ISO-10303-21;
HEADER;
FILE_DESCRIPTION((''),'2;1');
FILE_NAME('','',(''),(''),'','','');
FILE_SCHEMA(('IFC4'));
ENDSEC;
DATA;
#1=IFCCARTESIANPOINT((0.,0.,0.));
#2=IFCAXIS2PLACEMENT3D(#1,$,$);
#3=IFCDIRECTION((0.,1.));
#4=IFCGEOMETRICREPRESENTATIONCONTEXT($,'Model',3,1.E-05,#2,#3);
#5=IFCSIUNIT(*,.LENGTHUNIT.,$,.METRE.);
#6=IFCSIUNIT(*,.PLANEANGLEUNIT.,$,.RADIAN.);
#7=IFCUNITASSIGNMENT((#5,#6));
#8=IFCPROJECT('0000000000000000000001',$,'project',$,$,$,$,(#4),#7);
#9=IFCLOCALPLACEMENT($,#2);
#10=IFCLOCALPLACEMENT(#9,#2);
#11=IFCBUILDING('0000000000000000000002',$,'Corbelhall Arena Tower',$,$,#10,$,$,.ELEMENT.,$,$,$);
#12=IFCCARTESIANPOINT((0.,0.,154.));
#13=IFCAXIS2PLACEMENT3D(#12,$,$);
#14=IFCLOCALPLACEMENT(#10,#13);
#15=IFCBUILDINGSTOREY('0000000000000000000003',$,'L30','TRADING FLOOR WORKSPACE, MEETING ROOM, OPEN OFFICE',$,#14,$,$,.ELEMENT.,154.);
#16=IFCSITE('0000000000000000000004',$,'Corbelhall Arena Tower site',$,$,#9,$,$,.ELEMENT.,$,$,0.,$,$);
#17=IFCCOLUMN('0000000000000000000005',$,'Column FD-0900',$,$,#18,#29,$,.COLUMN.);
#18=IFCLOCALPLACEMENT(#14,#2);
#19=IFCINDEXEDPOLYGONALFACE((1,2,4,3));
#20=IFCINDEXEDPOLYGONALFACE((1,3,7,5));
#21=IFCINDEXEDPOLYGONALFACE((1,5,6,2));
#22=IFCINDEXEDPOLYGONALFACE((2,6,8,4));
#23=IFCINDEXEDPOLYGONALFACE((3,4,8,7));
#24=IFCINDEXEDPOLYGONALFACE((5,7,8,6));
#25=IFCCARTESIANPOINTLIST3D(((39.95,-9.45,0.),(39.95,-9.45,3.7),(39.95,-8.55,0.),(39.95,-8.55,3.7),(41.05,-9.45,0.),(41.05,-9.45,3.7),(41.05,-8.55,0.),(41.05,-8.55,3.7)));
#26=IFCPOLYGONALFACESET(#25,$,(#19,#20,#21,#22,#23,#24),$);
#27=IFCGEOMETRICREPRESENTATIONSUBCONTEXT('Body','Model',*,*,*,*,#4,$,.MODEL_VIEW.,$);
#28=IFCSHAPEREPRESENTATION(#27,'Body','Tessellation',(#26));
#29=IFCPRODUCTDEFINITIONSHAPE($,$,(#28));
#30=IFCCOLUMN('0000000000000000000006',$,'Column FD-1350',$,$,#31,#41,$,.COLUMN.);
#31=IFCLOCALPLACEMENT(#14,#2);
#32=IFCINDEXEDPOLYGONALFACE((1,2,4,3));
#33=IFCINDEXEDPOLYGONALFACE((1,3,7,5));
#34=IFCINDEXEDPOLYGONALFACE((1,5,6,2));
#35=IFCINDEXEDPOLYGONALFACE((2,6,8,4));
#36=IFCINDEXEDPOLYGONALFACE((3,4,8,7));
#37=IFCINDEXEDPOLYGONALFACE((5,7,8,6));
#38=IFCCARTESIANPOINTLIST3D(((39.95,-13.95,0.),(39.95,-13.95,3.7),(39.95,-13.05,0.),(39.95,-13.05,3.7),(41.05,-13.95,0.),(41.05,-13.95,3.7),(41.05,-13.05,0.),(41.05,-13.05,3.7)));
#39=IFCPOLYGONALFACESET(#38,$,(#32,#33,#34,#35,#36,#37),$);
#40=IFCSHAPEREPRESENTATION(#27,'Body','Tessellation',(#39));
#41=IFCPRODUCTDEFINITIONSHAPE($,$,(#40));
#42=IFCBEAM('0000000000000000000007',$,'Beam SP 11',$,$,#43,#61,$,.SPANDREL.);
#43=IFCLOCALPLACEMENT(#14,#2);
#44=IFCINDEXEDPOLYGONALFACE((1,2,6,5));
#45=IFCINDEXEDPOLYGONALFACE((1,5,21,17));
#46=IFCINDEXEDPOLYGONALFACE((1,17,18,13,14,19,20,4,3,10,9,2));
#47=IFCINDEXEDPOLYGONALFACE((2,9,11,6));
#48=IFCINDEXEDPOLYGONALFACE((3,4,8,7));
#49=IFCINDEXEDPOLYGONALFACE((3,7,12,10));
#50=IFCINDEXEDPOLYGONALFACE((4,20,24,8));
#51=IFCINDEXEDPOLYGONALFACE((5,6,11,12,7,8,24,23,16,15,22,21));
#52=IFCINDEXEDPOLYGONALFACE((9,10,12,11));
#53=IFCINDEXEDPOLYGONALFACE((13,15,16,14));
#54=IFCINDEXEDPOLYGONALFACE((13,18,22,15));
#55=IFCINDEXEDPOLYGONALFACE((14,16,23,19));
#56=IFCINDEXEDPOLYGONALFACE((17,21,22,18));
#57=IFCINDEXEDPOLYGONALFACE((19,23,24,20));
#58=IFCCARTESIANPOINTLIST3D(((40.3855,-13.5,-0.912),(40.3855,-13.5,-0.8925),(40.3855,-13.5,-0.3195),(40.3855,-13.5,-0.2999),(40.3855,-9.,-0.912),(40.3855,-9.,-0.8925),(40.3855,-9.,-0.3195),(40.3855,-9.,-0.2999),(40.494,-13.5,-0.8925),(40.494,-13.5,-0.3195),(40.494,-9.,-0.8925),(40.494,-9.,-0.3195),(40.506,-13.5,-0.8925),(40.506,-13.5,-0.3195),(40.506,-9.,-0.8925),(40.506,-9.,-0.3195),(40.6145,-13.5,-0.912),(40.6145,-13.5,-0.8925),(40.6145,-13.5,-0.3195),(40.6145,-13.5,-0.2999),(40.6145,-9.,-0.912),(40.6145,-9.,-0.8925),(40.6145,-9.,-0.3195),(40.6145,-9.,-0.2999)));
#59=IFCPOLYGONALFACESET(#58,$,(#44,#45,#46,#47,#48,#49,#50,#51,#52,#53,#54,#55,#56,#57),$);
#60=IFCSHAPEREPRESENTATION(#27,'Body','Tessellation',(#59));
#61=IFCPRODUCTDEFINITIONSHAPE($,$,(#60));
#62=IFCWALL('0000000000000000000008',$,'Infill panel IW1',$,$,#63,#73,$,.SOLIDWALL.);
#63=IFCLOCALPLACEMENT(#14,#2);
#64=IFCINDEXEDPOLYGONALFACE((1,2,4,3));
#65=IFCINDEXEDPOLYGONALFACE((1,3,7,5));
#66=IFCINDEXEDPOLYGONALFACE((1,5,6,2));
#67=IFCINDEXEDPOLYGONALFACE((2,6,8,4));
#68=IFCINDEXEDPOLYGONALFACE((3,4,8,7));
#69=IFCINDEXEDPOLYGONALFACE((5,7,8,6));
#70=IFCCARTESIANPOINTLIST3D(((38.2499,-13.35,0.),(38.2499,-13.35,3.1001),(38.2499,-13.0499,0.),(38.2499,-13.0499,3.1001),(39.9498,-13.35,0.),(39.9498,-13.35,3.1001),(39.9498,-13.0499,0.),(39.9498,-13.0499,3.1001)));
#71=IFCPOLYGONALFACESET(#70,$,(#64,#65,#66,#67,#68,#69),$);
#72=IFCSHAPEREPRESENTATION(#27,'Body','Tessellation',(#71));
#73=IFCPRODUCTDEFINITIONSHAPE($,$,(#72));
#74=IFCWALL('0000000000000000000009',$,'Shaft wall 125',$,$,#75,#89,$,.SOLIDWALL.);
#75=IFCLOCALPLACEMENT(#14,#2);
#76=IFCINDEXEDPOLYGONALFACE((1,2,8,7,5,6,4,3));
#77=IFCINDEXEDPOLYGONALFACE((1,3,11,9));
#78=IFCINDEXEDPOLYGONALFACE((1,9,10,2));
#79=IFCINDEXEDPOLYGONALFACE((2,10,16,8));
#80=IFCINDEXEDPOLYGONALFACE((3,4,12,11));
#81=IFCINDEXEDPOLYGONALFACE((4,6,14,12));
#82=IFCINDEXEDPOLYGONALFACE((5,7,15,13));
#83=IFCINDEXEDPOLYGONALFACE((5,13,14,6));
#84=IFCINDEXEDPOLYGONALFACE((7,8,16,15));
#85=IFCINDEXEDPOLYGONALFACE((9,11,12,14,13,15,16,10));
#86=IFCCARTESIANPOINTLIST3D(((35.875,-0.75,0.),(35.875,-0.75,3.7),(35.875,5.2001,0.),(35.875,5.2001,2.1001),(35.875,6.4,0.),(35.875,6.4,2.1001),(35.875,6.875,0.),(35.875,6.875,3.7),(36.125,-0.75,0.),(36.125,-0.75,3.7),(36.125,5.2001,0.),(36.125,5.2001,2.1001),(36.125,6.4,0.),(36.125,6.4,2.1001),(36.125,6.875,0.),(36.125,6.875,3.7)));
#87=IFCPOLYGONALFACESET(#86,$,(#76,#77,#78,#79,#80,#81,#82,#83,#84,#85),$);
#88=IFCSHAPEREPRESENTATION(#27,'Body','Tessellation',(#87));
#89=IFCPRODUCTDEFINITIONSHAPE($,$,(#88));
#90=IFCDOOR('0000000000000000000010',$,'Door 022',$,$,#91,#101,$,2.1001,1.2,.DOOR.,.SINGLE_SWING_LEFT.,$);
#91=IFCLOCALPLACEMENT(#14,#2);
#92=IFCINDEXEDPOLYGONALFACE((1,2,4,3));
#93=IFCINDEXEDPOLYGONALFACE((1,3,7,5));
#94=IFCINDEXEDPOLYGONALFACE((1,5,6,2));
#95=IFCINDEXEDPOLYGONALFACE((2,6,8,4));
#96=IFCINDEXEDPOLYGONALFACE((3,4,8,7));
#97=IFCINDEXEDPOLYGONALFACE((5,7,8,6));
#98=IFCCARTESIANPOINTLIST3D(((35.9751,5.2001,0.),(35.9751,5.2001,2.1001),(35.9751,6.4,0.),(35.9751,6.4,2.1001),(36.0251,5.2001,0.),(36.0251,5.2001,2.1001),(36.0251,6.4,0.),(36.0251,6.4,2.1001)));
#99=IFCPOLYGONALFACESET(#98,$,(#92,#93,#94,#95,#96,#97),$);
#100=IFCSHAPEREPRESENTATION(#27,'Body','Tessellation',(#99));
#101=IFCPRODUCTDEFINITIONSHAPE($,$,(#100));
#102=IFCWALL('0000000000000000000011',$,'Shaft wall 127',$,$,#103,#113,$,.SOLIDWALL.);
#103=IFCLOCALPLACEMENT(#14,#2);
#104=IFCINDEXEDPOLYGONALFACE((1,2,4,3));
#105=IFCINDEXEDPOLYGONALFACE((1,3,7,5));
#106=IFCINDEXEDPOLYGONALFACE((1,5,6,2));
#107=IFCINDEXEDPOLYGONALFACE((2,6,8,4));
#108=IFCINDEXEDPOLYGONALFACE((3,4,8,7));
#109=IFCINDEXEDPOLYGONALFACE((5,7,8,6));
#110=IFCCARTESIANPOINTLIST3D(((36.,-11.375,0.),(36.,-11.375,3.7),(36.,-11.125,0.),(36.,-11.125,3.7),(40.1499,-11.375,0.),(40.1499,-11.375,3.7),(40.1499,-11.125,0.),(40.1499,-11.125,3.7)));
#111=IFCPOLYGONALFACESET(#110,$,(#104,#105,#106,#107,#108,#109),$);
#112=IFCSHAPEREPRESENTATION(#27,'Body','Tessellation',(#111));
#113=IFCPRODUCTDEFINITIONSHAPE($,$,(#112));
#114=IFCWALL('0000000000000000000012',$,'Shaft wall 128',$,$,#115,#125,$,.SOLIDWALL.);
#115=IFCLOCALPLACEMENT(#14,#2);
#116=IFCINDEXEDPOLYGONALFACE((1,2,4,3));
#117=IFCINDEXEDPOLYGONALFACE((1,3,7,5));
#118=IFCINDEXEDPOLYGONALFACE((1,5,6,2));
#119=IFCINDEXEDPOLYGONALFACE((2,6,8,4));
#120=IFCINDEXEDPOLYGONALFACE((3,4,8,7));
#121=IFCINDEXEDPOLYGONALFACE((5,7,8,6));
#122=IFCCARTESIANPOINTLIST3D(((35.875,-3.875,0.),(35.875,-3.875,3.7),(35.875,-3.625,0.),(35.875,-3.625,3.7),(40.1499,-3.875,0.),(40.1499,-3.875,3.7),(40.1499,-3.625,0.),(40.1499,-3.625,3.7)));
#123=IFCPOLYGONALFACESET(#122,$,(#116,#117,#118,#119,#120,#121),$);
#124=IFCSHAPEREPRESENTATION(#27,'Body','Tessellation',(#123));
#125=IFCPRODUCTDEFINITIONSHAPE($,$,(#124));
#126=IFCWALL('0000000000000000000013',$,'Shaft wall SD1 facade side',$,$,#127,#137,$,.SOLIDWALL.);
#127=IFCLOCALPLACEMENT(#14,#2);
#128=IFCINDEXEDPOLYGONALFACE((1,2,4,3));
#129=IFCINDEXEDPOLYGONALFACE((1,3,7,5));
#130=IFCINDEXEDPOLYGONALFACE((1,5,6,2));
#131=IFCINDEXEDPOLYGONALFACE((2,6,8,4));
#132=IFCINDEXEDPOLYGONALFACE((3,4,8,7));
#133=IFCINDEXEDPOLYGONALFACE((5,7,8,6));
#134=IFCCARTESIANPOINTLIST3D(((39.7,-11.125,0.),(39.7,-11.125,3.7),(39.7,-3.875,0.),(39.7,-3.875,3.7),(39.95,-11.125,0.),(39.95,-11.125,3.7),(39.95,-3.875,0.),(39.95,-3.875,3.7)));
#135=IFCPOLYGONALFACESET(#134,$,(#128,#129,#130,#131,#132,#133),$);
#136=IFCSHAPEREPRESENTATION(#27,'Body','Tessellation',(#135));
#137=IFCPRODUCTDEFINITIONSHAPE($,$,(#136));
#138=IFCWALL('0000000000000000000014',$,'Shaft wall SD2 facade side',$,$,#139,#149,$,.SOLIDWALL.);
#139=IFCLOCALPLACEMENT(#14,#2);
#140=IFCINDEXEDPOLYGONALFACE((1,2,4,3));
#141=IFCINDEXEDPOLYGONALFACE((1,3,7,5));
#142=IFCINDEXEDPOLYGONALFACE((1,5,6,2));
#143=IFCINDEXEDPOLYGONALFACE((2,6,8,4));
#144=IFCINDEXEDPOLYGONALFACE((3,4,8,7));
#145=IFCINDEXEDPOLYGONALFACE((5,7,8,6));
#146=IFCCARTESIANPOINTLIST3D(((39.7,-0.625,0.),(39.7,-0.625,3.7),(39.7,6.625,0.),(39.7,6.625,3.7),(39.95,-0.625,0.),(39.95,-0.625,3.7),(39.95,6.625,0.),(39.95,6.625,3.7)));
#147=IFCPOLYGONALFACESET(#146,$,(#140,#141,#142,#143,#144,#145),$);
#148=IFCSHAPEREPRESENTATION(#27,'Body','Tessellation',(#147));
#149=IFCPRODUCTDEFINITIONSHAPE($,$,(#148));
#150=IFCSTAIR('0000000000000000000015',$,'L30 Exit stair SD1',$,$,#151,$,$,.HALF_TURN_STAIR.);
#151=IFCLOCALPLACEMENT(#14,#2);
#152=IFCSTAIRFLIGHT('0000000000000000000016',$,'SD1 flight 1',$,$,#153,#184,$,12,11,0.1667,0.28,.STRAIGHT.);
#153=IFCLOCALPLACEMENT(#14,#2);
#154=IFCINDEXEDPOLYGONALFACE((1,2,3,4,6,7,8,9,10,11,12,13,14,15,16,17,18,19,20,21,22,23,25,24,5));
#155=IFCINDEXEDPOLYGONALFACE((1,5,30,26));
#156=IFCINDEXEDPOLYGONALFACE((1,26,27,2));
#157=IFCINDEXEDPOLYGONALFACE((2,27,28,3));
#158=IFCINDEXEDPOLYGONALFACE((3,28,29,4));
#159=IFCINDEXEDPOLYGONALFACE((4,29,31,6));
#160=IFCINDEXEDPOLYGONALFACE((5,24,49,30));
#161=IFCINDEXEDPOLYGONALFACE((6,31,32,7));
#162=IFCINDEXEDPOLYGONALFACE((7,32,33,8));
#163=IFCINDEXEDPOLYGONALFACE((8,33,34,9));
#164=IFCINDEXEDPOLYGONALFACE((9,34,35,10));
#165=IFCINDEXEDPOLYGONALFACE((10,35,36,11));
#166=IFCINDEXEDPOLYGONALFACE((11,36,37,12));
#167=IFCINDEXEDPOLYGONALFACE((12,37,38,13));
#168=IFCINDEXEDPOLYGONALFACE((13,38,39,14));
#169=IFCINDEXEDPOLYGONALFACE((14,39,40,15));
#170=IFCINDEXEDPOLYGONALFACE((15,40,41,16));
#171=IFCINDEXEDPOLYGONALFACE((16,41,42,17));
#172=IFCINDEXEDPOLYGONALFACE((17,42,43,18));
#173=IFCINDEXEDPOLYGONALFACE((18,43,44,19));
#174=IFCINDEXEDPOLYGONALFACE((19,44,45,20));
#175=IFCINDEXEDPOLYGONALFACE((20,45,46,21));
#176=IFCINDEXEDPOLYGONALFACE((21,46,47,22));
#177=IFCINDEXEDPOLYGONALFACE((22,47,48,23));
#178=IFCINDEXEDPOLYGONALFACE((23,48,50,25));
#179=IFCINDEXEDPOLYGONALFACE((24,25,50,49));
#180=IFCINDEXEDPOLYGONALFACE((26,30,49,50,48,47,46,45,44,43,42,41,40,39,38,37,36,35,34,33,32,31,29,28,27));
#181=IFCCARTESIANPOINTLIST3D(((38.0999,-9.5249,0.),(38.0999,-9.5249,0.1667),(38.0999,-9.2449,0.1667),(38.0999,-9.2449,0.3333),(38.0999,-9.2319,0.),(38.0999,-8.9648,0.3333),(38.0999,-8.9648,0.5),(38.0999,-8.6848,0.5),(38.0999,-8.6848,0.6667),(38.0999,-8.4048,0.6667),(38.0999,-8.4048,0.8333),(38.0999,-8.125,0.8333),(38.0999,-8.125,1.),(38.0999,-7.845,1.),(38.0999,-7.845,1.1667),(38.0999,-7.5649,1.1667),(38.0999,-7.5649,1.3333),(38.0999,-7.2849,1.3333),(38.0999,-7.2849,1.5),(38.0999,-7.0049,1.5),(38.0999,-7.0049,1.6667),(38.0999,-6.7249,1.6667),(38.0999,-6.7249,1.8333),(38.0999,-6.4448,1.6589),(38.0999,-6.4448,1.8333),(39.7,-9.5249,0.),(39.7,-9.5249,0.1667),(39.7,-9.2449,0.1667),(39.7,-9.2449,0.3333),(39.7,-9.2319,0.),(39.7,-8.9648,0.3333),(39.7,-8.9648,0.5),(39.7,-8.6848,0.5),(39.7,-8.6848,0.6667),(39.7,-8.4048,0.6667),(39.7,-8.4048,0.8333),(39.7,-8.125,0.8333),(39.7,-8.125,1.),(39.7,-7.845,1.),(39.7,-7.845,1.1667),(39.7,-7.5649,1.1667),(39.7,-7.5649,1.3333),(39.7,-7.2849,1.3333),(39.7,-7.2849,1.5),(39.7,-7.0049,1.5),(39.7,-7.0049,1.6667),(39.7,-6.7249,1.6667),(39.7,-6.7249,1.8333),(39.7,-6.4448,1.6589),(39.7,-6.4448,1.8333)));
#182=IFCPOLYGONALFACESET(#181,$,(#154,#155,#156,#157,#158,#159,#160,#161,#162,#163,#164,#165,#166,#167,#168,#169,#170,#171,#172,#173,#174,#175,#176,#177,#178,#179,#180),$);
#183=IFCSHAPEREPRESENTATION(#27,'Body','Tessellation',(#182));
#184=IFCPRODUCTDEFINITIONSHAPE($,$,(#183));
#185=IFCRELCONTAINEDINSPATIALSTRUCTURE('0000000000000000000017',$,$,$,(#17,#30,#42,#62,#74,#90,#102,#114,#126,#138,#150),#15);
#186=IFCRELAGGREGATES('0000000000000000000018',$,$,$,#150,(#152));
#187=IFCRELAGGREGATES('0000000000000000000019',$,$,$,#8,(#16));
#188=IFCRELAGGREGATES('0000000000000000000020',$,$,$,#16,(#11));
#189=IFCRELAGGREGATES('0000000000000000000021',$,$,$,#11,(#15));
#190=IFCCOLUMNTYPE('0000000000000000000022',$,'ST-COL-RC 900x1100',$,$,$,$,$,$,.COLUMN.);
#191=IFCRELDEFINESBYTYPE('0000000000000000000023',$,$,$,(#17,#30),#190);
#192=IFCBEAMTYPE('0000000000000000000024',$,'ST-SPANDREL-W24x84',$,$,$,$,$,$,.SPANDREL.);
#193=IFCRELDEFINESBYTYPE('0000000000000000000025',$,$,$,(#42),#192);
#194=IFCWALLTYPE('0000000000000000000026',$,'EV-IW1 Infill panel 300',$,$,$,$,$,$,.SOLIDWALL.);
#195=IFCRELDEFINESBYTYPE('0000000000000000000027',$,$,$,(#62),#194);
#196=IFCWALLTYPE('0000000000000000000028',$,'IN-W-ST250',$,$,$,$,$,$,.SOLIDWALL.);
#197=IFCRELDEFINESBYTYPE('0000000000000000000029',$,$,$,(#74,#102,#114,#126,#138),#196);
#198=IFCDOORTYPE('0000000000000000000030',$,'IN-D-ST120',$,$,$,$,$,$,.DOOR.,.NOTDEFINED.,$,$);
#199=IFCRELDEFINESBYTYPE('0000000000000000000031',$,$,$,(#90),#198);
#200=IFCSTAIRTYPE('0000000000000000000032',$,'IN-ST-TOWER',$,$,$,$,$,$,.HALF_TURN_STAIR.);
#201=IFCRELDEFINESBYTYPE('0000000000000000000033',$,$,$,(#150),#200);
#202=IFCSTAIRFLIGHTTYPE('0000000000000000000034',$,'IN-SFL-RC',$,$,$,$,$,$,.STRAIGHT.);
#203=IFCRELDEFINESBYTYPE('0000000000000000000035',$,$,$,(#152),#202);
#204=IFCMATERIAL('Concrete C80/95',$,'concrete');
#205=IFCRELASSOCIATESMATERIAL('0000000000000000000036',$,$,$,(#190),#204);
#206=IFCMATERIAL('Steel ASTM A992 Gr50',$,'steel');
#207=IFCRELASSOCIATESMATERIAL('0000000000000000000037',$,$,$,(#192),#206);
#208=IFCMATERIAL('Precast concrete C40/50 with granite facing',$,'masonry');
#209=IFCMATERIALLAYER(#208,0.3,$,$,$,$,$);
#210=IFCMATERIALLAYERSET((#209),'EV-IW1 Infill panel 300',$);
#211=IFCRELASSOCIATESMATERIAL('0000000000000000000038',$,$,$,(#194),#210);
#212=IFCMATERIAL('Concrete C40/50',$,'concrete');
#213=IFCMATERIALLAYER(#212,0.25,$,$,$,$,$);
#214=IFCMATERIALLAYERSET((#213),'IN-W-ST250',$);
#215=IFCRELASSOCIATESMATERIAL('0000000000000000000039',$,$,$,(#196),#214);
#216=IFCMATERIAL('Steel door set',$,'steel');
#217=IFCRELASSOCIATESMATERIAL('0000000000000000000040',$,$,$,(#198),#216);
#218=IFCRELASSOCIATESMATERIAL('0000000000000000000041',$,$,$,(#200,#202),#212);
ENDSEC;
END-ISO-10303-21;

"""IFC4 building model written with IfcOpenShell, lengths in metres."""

from ifc_helpers import new_model, si_unit, direction, frame, frame_2d, origin, origin_2d, place, context, subcontext, project, spatial, polyline, rectangle, i_section, outline, extrude, material, layer, layer_set, material_profile, profile_set, type_object, element, fill, aggregate, save


model = new_model("IFC4")

# Units and contexts
model_context = context("Model", 3, precision=1e-05, world=origin(), true_north=direction((0.0, 1.0)))
body_context = subcontext(model_context, "Body", "Model", "MODEL_VIEW")
ifc_project = project(units=[si_unit("LENGTHUNIT", "METRE"), si_unit("PLANEANGLEUNIT", "RADIAN")], contexts=[model_context])

# Site, building, storey
site_placement = place(None, origin())
site = spatial("IfcSite", under=ifc_project, at=site_placement, Name="Corbelhall Arena Tower site", CompositionType="ELEMENT", RefElevation=0.0)
building_placement = place(site_placement, origin())
building = spatial("IfcBuilding", under=site, at=building_placement, Name="Corbelhall Arena Tower", CompositionType="ELEMENT")
storey_placement = place(building_placement, frame((0.0, 0.0, 154.0)))
storey = spatial("IfcBuildingStorey", under=building, at=storey_placement, Name="L30", Description="TRADING FLOOR WORKSPACE, MEETING ROOM, OPEN OFFICE", CompositionType="ELEMENT", Elevation=154.0)

# Columns
ifc_material_1 = material(Name="Concrete C80/95", Category="concrete")
ifc_material_profile_1 = material_profile(ifc_material_1, rectangle(XDim=0.8999, YDim=1.1001, at=origin_2d()))
ifc_profile_set_1 = profile_set([ifc_material_profile_1], Name="Concrete C80/95")
column_type = type_object("IfcColumnType", Name="ST-COL-RC 900x1100", PredefinedType="COLUMN", material=ifc_profile_set_1)
for number, where, z_axis, x_axis, name in (
    (1, (40.5, -9.0, 0.0), (0.0, 0.0, 1.0), (0.0, 1.0, 0.0), "Column FD-0900"),
    (2, (40.5, -13.5, 0.0), (0.0, 0.0, 1.0), (0.0, 1.0, 0.0), "Column FD-1350"),
):
    element("IfcColumn", number, at=place(storey_placement, frame(where, z_axis=z_axis, x_axis=x_axis)), inside=storey, type_object=column_type, Name=name, PredefinedType="COLUMN", context=body_context, shape_type="SweptSolid", body=[
        extrude(rectangle(XDim=0.8999, YDim=1.1001, at=origin_2d()), origin(), (0.0, 0.0, 1.0), 3.7),
    ])

# Beam
ifc_material_2 = material(Name="Steel ASTM A992 Gr50", Category="steel")
ifc_material_profile_2 = material_profile(ifc_material_2, i_section(OverallWidth=0.229, OverallDepth=0.6121, WebThickness=0.012, FlangeThickness=0.0195, at=origin_2d()))
ifc_profile_set_2 = profile_set([ifc_material_profile_2], Name="Steel ASTM A992 Gr50")
beam_type = type_object("IfcBeamType", Name="ST-SPANDREL-W24x84", PredefinedType="SPANDREL", material=ifc_profile_set_2)
beam_placement = place(storey_placement, frame((40.5, -9.0, -0.606), z_axis=(0.0, -1.0, 0.0), x_axis=(1.0, 0.0, 0.0)))
element("IfcBeam", 3, at=beam_placement, inside=storey, type_object=beam_type, Name="Beam SP 11", PredefinedType="SPANDREL", context=body_context, shape_type="SweptSolid", body=[
    extrude(i_section(OverallWidth=0.229, OverallDepth=0.6121, WebThickness=0.012, FlangeThickness=0.0195, at=origin_2d()), origin(), (0.0, 0.0, 1.0), 4.5),
])

# Wall
ifc_material_3 = material(Name="Precast concrete C40/50 with granite facing", Category="masonry")
ifc_layer_1 = layer(ifc_material_3, 0.3)
ifc_layer_set_1 = layer_set([ifc_layer_1], Name="EV-IW1 Infill panel 300")
wall_type_1 = type_object("IfcWallType", Name="EV-IW1 Infill panel 300", PredefinedType="SOLIDWALL", material=ifc_layer_set_1)
wall_1_placement = place(storey_placement, frame((39.95, -13.2, 0.0), z_axis=(0.0, 0.0, 1.0), x_axis=(-1.0, 0.0, 0.0)))
element("IfcWall", 4, at=wall_1_placement, inside=storey, type_object=wall_type_1, Name="Infill panel IW1", PredefinedType="SOLIDWALL", context=body_context, shape_type="SweptSolid", body=[
    extrude(rectangle(XDim=1.7, YDim=0.3, at=frame_2d((0.8501, 0.0))), origin(), (0.0, 0.0, 1.0), 3.1001),
])

# Wall, opening, door
ifc_material_4 = material(Name="Concrete C40/50", Category="concrete")
ifc_layer_2 = layer(ifc_material_4, 0.25)
ifc_layer_set_2 = layer_set([ifc_layer_2], Name="IN-W-ST250")
wall_type_2 = type_object("IfcWallType", Name="IN-W-ST250", PredefinedType="SOLIDWALL", material=ifc_layer_set_2)
wall_2_placement = place(storey_placement, frame((36.0, -0.75, 0.0), z_axis=(0.0, 0.0, 1.0), x_axis=(0.0, 1.0, 0.0)))
wall_2 = element("IfcWall", 5, at=wall_2_placement, inside=storey, type_object=wall_type_2, Name="Shaft wall 125", PredefinedType="SOLIDWALL", context=body_context, shape_type="SweptSolid", body=[
    extrude(rectangle(XDim=7.625, YDim=0.25, at=frame_2d((3.8125, 0.0))), origin(), (0.0, 0.0, 1.0), 3.7),
])
opening_1_placement = place(wall_2_placement, frame((5.95, 0.0, 0.0)))
opening_1 = element("IfcOpeningElement", 6, at=opening_1_placement, cuts=wall_2, PredefinedType="OPENING", context=body_context, shape_type="SweptSolid", body=[
    extrude(rectangle(XDim=1.2, YDim=2.1001, at=frame_2d((0.6001, 1.05))), frame((0.0, 0.125, 0.0), z_axis=(0.0, -1.0, 0.0), x_axis=(1.0, 0.0, 0.0)), (0.0, 0.0, 1.0), 0.25),
])
ifc_material_5 = material(Name="Steel door set", Category="steel")
door_type = type_object("IfcDoorType", Name="IN-D-ST120", OperationType="NOTDEFINED", PredefinedType="DOOR", material=ifc_material_5)
door_placement = place(opening_1_placement, origin())
door = element("IfcDoor", 7, at=door_placement, inside=storey, type_object=door_type, Name="Door 022", OperationType="SINGLE_SWING_LEFT", OverallHeight=2.1001, OverallWidth=1.2, PredefinedType="DOOR", context=body_context, shape_type="SweptSolid", body=[
    extrude(rectangle(XDim=1.2, YDim=2.1001, at=frame_2d((0.6001, 1.05))), frame((0.0, 0.0249, 0.0), z_axis=(0.0, -1.0, 0.0), x_axis=(1.0, 0.0, 0.0)), (0.0, 0.0, 1.0), 0.05),
])
fill(opening_1, door)

# Walls
wall_3_placement = place(storey_placement, frame((40.1499, -11.25, 0.0), z_axis=(0.0, 0.0, 1.0), x_axis=(-1.0, 0.0, 0.0)))
element("IfcWall", 8, at=wall_3_placement, inside=storey, type_object=wall_type_2, Name="Shaft wall 127", PredefinedType="SOLIDWALL", context=body_context, shape_type="SweptSolid", body=[
    extrude(rectangle(XDim=4.1499, YDim=0.25, at=frame_2d((2.075, 0.0))), origin(), (0.0, 0.0, 1.0), 3.7),
])
wall_4_placement = place(storey_placement, frame((40.1499, -3.75, 0.0), z_axis=(0.0, 0.0, 1.0), x_axis=(-1.0, 0.0, 0.0)))
element("IfcWall", 9, at=wall_4_placement, inside=storey, type_object=wall_type_2, Name="Shaft wall 128", PredefinedType="SOLIDWALL", context=body_context, shape_type="SweptSolid", body=[
    extrude(rectangle(XDim=4.2749, YDim=0.25, at=frame_2d((2.1375, 0.0))), origin(), (0.0, 0.0, 1.0), 3.7),
])
for number, where, z_axis, x_axis, name in (
    (10, (39.825, -11.125, 0.0), (0.0, 0.0, 1.0), (0.0, 1.0, 0.0), "Shaft wall SD1 facade side"),
    (11, (39.825, -0.625, 0.0), (0.0, 0.0, 1.0), (0.0, 1.0, 0.0), "Shaft wall SD2 facade side"),
):
    element("IfcWall", number, at=place(storey_placement, frame(where, z_axis=z_axis, x_axis=x_axis)), inside=storey, type_object=wall_type_2, Name=name, PredefinedType="SOLIDWALL", context=body_context, shape_type="SweptSolid", body=[
        extrude(rectangle(XDim=7.25, YDim=0.25, at=frame_2d((3.625, 0.0))), origin(), (0.0, 0.0, 1.0), 3.7),
    ])

# Stair, stair flight
stair_type = type_object("IfcStairType", Name="IN-ST-TOWER", PredefinedType="HALF_TURN_STAIR", material=ifc_material_4)
stair_placement = place(storey_placement, origin())
stair = element("IfcStair", 12, at=stair_placement, inside=storey, type_object=stair_type, Name="L30 Exit stair SD1", PredefinedType="HALF_TURN_STAIR")
stair_flight_type = type_object("IfcStairFlightType", Name="IN-SFL-RC", PredefinedType="STRAIGHT", material=ifc_material_4)
stair_flight_1_placement = place(storey_placement, frame((38.8999, -9.5249, 0.0), z_axis=(0.0, 0.0, 1.0), x_axis=(0.0, 1.0, 0.0)))
stair_flight_1 = element("IfcStairFlight", 13, at=stair_flight_1_placement, type_object=stair_flight_type, Name="SD1 flight 1", NumberOfRisers=12, NumberOfTreads=11, PredefinedType="STRAIGHT", RiserHeight=0.1667, TreadLength=0.28, context=body_context, shape_type="SweptSolid", body=[
    extrude(outline(polyline([(0.0, 0.0), (0.0, 0.1667), (0.28, 0.1667), (0.28, 0.3333), (0.5601, 0.3333), (0.5601, 0.5), (0.8401, 0.5), (0.8401, 0.6667), (1.1201, 0.6667), (1.1201, 0.8333), (1.3999, 0.8333), (1.3999, 1.0), (1.6799, 1.0), (1.6799, 1.1667), (1.96, 1.1667), (1.96, 1.3333), (2.24, 1.3333), (2.24, 1.5), (2.52, 1.5), (2.52, 1.6667), (2.8, 1.6667), (2.8, 1.8333), (3.0801, 1.8333), (3.0801, 2.0), (3.0801, 1.6589), (0.293, 0.0), (0.0, 0.0)])), frame((0.0, 0.8, 0.0), z_axis=(0.0, -1.0, 0.0), x_axis=(1.0, 0.0, 0.0)), (0.0, 0.0, 1.0), 1.6001),
])
aggregate(stair, [stair_flight_1])

save(model, "model.ifc")
